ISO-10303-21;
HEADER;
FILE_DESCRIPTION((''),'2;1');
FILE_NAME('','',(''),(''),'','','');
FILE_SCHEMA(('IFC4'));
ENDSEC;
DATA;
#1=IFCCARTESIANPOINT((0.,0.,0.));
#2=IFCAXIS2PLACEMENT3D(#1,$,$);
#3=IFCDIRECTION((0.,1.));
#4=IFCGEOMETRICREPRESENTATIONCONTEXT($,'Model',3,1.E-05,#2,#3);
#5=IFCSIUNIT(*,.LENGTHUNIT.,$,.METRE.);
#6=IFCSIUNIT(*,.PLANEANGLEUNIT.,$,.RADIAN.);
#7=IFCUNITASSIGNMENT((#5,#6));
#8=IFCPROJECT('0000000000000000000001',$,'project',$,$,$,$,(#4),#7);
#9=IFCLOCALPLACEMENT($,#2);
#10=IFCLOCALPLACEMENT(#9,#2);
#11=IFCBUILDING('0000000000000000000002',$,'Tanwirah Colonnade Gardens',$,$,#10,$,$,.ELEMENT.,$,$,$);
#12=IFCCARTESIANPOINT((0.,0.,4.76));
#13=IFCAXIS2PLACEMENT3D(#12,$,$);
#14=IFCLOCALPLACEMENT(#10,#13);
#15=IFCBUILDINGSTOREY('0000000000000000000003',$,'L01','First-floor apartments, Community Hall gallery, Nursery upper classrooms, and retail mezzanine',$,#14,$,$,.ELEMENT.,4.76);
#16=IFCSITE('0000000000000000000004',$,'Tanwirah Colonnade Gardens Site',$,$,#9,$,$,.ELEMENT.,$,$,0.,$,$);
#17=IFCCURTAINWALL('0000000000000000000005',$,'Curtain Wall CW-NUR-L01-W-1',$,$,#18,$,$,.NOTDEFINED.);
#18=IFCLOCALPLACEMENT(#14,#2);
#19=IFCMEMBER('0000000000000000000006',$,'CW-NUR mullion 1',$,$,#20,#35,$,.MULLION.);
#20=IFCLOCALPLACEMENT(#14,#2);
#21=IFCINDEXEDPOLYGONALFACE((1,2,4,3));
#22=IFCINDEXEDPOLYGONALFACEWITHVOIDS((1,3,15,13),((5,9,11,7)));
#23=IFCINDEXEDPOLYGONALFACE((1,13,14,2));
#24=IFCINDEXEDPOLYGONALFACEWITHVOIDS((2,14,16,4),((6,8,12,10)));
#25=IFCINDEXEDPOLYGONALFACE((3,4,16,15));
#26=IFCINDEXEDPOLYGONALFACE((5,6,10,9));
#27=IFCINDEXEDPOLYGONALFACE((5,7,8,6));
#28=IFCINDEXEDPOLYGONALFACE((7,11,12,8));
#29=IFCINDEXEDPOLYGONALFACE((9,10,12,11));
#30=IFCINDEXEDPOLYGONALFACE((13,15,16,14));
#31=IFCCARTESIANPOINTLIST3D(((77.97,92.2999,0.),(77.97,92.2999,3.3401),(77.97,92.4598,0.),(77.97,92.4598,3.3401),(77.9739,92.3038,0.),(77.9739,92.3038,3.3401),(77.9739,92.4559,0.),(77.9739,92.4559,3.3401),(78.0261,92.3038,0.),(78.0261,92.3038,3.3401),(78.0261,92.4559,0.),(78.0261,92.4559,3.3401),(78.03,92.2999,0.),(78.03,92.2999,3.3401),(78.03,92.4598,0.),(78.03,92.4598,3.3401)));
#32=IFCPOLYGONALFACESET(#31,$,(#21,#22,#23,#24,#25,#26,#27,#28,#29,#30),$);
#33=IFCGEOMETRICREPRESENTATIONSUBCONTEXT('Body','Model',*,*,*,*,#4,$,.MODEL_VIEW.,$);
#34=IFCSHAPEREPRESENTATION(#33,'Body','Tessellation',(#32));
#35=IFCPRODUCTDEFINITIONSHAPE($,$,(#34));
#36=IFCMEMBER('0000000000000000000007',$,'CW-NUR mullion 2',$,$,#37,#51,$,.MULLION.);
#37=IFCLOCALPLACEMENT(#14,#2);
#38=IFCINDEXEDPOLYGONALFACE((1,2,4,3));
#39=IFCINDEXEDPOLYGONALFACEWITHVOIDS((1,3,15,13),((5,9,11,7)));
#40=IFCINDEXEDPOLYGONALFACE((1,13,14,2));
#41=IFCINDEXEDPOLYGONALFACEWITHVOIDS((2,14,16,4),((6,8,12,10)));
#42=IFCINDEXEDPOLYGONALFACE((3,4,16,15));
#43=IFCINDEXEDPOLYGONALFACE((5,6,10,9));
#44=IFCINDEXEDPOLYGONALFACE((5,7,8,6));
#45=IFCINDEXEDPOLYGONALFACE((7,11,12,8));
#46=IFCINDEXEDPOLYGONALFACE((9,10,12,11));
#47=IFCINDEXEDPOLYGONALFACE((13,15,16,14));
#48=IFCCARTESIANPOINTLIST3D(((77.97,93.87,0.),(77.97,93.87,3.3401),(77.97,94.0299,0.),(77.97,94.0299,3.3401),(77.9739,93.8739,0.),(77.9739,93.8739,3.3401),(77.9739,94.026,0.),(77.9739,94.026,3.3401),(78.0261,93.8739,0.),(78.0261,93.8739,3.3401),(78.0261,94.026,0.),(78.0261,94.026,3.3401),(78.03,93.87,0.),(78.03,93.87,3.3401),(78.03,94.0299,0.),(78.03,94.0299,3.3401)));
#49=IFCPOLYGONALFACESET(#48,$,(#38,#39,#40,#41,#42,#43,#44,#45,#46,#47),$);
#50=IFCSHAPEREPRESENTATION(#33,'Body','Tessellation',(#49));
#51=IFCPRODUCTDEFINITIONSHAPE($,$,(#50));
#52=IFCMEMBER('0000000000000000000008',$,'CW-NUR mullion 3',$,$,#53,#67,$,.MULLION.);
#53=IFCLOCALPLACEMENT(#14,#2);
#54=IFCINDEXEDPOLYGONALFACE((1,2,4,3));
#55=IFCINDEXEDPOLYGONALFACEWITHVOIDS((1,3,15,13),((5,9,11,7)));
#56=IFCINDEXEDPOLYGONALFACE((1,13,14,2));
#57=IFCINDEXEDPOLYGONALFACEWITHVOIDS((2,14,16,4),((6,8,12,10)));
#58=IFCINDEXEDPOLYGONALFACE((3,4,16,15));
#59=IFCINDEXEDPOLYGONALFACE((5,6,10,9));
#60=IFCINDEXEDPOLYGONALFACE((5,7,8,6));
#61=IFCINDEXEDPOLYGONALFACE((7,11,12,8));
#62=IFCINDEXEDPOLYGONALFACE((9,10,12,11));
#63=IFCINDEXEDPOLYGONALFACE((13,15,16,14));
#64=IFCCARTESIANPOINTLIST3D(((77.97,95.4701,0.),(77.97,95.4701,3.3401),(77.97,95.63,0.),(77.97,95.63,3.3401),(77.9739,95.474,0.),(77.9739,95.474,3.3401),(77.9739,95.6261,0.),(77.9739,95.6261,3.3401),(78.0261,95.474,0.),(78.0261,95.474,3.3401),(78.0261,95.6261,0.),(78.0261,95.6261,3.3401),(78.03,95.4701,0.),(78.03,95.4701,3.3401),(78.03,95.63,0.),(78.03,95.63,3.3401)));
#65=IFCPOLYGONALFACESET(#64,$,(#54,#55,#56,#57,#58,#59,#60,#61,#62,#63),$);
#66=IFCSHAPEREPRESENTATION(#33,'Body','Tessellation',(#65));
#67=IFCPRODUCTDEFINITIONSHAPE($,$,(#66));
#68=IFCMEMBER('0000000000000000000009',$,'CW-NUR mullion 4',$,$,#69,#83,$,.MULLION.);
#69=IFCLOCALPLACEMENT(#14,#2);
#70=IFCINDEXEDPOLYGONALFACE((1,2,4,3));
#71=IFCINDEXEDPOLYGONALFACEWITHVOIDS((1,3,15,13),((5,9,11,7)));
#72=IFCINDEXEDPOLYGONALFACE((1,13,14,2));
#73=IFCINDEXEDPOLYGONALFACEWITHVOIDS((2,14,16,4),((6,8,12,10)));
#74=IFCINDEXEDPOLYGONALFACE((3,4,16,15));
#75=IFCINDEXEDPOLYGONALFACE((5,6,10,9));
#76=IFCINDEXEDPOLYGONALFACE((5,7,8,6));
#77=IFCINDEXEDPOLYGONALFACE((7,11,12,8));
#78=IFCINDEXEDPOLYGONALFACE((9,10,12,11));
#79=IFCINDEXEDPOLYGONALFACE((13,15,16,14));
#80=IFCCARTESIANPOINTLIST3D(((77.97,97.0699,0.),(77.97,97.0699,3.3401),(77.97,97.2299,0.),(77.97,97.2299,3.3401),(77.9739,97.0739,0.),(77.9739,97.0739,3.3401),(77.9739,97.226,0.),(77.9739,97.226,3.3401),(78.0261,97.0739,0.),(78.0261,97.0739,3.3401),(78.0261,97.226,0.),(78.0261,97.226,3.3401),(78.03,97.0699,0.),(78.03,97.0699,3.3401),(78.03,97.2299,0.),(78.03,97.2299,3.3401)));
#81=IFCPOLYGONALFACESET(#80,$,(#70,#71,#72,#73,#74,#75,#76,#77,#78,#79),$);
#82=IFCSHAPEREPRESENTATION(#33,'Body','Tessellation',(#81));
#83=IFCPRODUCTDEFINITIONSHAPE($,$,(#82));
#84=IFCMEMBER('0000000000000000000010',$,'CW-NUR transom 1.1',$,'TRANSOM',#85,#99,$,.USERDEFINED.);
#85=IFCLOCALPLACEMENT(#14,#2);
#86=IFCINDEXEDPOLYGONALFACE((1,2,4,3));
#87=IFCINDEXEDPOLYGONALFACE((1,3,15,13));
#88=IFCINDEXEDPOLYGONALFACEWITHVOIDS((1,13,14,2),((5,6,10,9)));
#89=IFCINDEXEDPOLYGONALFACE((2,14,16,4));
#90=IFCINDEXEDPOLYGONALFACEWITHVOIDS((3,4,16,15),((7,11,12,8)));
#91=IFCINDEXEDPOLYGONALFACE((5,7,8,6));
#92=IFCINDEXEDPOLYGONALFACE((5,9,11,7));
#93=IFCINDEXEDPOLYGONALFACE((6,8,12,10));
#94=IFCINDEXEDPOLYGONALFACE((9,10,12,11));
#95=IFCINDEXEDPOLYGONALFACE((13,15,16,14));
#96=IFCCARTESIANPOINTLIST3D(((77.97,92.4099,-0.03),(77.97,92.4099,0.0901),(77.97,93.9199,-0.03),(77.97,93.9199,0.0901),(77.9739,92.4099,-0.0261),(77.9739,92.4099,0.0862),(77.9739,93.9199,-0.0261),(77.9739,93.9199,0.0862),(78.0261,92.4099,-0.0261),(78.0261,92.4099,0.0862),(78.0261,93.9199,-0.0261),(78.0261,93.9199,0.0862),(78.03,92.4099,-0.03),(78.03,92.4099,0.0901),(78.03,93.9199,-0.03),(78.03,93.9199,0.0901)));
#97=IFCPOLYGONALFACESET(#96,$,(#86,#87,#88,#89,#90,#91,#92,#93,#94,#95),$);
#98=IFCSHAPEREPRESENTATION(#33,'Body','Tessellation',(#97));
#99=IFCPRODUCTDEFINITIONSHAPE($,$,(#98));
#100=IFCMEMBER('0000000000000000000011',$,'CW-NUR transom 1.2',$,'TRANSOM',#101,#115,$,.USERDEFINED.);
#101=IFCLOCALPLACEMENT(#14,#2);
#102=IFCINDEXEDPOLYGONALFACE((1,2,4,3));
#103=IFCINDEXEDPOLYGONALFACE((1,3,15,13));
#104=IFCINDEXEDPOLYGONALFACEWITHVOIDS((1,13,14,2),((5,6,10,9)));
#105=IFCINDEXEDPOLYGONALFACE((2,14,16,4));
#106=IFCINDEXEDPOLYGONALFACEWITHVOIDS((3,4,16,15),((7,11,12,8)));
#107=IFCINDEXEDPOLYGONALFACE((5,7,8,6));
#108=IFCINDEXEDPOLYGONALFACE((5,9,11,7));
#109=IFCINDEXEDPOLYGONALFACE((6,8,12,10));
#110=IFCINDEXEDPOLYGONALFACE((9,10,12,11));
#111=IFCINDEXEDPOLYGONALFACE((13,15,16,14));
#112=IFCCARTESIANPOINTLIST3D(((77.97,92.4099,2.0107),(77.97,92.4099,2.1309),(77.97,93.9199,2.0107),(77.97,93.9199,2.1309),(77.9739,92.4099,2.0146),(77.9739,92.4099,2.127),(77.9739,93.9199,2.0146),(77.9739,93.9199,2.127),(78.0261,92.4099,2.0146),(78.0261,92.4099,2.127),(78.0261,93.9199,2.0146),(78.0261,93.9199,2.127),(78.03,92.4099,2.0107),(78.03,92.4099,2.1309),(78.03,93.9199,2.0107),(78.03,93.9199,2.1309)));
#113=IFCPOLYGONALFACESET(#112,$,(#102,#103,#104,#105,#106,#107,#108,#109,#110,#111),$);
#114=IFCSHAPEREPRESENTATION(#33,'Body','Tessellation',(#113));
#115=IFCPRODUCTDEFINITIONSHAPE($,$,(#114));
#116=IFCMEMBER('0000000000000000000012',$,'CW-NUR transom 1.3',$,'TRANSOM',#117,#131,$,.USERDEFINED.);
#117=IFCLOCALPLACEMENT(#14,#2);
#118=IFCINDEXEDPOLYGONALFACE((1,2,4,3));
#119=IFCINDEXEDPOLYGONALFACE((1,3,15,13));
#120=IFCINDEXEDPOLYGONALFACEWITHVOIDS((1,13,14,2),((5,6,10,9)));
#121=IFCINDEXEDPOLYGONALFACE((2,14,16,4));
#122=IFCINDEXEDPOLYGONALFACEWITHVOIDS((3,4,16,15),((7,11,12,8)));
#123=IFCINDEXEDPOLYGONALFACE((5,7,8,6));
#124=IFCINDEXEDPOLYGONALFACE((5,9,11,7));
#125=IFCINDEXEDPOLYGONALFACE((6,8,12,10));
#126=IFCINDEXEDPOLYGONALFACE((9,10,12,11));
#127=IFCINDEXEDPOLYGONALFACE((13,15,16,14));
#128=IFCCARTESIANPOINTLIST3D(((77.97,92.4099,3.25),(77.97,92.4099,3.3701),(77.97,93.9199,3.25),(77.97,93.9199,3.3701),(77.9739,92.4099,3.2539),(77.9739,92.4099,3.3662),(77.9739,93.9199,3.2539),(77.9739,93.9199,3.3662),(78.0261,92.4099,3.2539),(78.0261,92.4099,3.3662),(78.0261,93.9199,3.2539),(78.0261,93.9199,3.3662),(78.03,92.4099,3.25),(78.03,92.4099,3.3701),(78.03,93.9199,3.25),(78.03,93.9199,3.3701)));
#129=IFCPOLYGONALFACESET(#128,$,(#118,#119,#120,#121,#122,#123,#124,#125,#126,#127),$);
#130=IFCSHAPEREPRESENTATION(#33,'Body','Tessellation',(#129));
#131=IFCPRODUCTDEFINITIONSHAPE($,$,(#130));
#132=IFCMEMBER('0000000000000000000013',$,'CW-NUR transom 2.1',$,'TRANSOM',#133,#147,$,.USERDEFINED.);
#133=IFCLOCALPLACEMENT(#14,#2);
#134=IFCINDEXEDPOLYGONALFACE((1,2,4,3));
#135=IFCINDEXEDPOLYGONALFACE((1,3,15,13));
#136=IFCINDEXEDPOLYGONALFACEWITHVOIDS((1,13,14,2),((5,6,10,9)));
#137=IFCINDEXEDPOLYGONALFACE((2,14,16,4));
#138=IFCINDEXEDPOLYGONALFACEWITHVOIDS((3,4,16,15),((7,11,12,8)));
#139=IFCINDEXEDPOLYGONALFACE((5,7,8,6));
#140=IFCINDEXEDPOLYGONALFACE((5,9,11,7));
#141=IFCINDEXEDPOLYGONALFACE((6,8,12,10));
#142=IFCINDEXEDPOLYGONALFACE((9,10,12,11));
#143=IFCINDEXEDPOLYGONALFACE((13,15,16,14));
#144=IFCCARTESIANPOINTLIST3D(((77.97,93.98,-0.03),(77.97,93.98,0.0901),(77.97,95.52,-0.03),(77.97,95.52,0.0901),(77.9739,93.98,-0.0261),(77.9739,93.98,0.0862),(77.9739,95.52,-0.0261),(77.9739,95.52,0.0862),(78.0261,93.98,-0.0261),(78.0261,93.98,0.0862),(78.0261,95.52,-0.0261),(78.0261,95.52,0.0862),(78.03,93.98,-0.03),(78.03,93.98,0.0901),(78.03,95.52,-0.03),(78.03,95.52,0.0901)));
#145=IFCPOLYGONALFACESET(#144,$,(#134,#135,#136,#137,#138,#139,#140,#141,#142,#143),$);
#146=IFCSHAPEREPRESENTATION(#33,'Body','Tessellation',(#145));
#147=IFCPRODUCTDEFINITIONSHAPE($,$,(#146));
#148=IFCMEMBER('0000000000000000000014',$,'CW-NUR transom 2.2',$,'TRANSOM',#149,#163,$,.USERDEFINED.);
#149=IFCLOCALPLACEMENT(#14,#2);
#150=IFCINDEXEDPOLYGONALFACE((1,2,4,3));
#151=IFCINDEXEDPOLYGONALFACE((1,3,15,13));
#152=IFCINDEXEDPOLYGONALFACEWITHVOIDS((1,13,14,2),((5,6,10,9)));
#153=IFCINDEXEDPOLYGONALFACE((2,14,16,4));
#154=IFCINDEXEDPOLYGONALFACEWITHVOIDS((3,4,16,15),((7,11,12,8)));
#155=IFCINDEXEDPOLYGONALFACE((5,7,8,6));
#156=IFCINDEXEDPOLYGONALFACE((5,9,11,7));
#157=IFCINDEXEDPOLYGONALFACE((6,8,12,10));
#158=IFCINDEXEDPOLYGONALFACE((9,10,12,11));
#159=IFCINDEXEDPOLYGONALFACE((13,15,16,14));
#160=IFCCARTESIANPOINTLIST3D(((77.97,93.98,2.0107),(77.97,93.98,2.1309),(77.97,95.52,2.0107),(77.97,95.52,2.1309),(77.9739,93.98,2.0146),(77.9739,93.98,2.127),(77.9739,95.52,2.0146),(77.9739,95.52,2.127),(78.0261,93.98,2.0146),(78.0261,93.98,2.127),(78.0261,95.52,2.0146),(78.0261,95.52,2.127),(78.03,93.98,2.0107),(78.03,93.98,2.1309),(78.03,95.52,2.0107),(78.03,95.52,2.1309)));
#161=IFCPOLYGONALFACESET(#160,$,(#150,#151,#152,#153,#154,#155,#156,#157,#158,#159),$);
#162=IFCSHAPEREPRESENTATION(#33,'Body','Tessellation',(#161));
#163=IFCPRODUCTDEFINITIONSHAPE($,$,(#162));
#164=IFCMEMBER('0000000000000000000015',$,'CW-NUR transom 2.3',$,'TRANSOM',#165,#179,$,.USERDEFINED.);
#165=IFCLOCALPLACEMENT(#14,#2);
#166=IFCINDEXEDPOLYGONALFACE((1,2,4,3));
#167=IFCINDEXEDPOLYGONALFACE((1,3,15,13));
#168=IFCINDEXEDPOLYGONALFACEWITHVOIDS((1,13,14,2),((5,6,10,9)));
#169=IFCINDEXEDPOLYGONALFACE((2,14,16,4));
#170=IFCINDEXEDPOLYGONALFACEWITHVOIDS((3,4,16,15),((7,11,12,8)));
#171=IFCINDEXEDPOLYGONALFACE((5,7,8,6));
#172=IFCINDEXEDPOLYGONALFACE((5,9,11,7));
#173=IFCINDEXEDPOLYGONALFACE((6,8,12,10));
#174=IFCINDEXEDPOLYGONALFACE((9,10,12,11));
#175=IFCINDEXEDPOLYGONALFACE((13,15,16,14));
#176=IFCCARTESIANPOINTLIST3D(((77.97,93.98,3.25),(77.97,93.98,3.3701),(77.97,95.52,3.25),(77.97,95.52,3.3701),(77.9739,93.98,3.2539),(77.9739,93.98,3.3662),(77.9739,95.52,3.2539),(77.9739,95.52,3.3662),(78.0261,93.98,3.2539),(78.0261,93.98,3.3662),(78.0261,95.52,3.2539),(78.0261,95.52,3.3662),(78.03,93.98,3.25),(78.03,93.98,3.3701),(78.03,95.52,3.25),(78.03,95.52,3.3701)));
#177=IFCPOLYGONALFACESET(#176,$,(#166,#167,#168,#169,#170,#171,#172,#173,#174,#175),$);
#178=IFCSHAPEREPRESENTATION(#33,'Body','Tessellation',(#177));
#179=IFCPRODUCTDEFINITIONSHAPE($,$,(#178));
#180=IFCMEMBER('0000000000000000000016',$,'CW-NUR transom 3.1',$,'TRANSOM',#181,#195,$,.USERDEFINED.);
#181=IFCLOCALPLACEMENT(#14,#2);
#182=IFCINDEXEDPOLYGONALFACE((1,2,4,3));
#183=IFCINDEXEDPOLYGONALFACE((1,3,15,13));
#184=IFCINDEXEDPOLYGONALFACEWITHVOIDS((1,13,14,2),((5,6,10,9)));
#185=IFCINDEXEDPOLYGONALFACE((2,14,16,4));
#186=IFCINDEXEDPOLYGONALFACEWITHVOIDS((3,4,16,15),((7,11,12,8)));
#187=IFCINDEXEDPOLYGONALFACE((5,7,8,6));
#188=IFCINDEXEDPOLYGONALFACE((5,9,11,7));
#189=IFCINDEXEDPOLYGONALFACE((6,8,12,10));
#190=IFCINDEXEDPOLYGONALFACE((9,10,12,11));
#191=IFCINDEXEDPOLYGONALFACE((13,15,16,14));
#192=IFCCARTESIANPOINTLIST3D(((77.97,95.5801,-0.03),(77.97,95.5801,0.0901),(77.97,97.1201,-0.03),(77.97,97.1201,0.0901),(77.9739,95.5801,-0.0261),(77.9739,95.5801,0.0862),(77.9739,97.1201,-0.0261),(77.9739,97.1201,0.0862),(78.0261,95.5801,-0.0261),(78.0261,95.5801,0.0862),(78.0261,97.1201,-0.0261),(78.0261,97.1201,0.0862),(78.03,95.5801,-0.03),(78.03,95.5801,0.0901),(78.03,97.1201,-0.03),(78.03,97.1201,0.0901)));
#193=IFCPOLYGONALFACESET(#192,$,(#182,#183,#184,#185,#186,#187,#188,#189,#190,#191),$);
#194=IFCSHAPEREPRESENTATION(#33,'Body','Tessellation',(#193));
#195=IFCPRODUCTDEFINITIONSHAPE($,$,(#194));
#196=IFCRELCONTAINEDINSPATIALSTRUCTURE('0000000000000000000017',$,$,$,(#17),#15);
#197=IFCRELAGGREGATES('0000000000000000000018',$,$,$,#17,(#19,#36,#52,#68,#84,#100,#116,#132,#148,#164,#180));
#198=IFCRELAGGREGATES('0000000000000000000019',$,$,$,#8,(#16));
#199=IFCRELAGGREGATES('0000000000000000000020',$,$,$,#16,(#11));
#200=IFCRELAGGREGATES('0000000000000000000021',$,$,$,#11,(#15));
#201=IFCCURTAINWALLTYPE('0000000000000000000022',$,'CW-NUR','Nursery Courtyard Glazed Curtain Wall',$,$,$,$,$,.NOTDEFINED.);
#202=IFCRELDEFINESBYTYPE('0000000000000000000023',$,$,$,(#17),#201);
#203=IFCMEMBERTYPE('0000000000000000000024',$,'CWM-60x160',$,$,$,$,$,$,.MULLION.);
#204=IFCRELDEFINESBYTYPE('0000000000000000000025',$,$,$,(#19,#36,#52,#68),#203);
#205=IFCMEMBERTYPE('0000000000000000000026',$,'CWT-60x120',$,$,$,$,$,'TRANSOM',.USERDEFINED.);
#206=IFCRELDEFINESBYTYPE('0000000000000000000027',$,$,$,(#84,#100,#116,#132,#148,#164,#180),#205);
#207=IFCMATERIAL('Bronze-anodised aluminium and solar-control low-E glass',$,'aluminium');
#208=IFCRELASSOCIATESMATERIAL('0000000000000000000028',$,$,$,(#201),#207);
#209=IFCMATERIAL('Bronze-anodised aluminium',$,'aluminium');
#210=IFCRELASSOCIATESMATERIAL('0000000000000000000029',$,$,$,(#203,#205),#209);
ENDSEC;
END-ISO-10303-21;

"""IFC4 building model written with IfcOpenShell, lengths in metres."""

from ifc_helpers import new_model, si_unit, direction, frame, origin, origin_2d, place, context, subcontext, project, spatial, hollow_rectangle, extrude, material, material_profile, profile_set, type_object, element, aggregate, save


model = new_model("IFC4")

# Units and contexts
model_context = context("Model", 3, precision=1e-05, world=origin(), true_north=direction((0.0, 1.0)))
body_context = subcontext(model_context, "Body", "Model", "MODEL_VIEW")
ifc_project = project(units=[si_unit("LENGTHUNIT", "METRE"), si_unit("PLANEANGLEUNIT", "RADIAN")], contexts=[model_context])

# Site, building, storey
site_placement = place(None, origin())
site = spatial("IfcSite", under=ifc_project, at=site_placement, Name="Tanwirah Colonnade Gardens Site", CompositionType="ELEMENT", RefElevation=0.0)
building_placement = place(site_placement, origin())
building = spatial("IfcBuilding", under=site, at=building_placement, Name="Tanwirah Colonnade Gardens", CompositionType="ELEMENT")
storey_placement = place(building_placement, frame((0.0, 0.0, 4.76)))
storey = spatial("IfcBuildingStorey", under=building, at=storey_placement, Name="L01", Description="First-floor apartments, Community Hall gallery, Nursery upper classrooms, and retail mezzanine", CompositionType="ELEMENT", Elevation=4.76)

# Curtain wall, members
ifc_material_1 = material(Name="Bronze-anodised aluminium and solar-control low-E glass", Category="aluminium")
curtain_wall_type = type_object("IfcCurtainWallType", Name="CW-NUR", Description="Nursery Courtyard Glazed Curtain Wall", PredefinedType="NOTDEFINED", material=ifc_material_1)
curtain_wall_placement = place(storey_placement, origin())
curtain_wall = element("IfcCurtainWall", 1, at=curtain_wall_placement, inside=storey, type_object=curtain_wall_type, Name="Curtain Wall CW-NUR-L01-W-1", PredefinedType="NOTDEFINED")
ifc_material_2 = material(Name="Bronze-anodised aluminium", Category="aluminium")
ifc_material_profile_1 = material_profile(ifc_material_2, hollow_rectangle(XDim=0.0601, YDim=0.1599, WallThickness=0.0039, at=origin_2d()), Name="CW-MUL 60x160x4")
ifc_profile_set_1 = profile_set([ifc_material_profile_1], Name="Bronze-anodised aluminium")
member_type_1 = type_object("IfcMemberType", Name="CWM-60x160", PredefinedType="MULLION", material=ifc_profile_set_1)
member_1_placement = place(storey_placement, frame((78.0, 92.3799, 0.0), z_axis=(0.0, 0.0, 1.0), x_axis=(-1.0, 0.0, 0.0)))
member_1 = element("IfcMember", 2, at=member_1_placement, type_object=member_type_1, Name="CW-NUR mullion 1", PredefinedType="MULLION", context=body_context, shape_type="SweptSolid", body=[
    extrude(hollow_rectangle(XDim=0.0601, YDim=0.1599, WallThickness=0.0039, at=origin_2d()), origin(), (0.0, 0.0, 1.0), 3.3401),
])
member_2_placement = place(storey_placement, frame((78.0, 93.95, 0.0), z_axis=(0.0, 0.0, 1.0), x_axis=(-1.0, 0.0, 0.0)))
member_2 = element("IfcMember", 3, at=member_2_placement, type_object=member_type_1, Name="CW-NUR mullion 2", PredefinedType="MULLION", context=body_context, shape_type="SweptSolid", body=[
    extrude(hollow_rectangle(XDim=0.0601, YDim=0.1599, WallThickness=0.0039, at=origin_2d()), origin(), (0.0, 0.0, 1.0), 3.3401),
])
member_3_placement = place(storey_placement, frame((78.0, 95.55, 0.0), z_axis=(0.0, 0.0, 1.0), x_axis=(-1.0, 0.0, 0.0)))
member_3 = element("IfcMember", 4, at=member_3_placement, type_object=member_type_1, Name="CW-NUR mullion 3", PredefinedType="MULLION", context=body_context, shape_type="SweptSolid", body=[
    extrude(hollow_rectangle(XDim=0.0601, YDim=0.1599, WallThickness=0.0039, at=origin_2d()), origin(), (0.0, 0.0, 1.0), 3.3401),
])
member_4_placement = place(storey_placement, frame((78.0, 97.1499, 0.0), z_axis=(0.0, 0.0, 1.0), x_axis=(-1.0, 0.0, 0.0)))
member_4 = element("IfcMember", 5, at=member_4_placement, type_object=member_type_1, Name="CW-NUR mullion 4", PredefinedType="MULLION", context=body_context, shape_type="SweptSolid", body=[
    extrude(hollow_rectangle(XDim=0.0601, YDim=0.1599, WallThickness=0.0039, at=origin_2d()), origin(), (0.0, 0.0, 1.0), 3.3401),
])
ifc_material_profile_2 = material_profile(ifc_material_2, hollow_rectangle(XDim=0.0601, YDim=0.1201, WallThickness=0.0039, at=origin_2d()), Name="CW-TRN 60x120x4")
ifc_profile_set_2 = profile_set([ifc_material_profile_2], Name="Bronze-anodised aluminium")
member_type_2 = type_object("IfcMemberType", Name="CWT-60x120", ElementType="TRANSOM", PredefinedType="USERDEFINED", material=ifc_profile_set_2)
member_5_placement = place(storey_placement, frame((78.0, 92.4099, 0.03), z_axis=(0.0, 1.0, 0.0), x_axis=(-1.0, 0.0, 0.0)))
member_5 = element("IfcMember", 6, at=member_5_placement, type_object=member_type_2, Name="CW-NUR transom 1.1", ObjectType="TRANSOM", PredefinedType="USERDEFINED", context=body_context, shape_type="SweptSolid", body=[
    extrude(hollow_rectangle(XDim=0.0601, YDim=0.1201, WallThickness=0.0039, at=origin_2d()), origin(), (0.0, 0.0, 1.0), 1.51),
])
member_6_placement = place(storey_placement, frame((78.0, 92.4099, 2.0708), z_axis=(0.0, 1.0, 0.0), x_axis=(-1.0, 0.0, 0.0)))
member_6 = element("IfcMember", 7, at=member_6_placement, type_object=member_type_2, Name="CW-NUR transom 1.2", ObjectType="TRANSOM", PredefinedType="USERDEFINED", context=body_context, shape_type="SweptSolid", body=[
    extrude(hollow_rectangle(XDim=0.0601, YDim=0.1201, WallThickness=0.0039, at=origin_2d()), origin(), (0.0, 0.0, 1.0), 1.51),
])
member_7_placement = place(storey_placement, frame((78.0, 92.4099, 3.3101), z_axis=(0.0, 1.0, 0.0), x_axis=(-1.0, 0.0, 0.0)))
member_7 = element("IfcMember", 8, at=member_7_placement, type_object=member_type_2, Name="CW-NUR transom 1.3", ObjectType="TRANSOM", PredefinedType="USERDEFINED", context=body_context, shape_type="SweptSolid", body=[
    extrude(hollow_rectangle(XDim=0.0601, YDim=0.1201, WallThickness=0.0039, at=origin_2d()), origin(), (0.0, 0.0, 1.0), 1.51),
])
member_8_placement = place(storey_placement, frame((78.0, 93.98, 0.03), z_axis=(0.0, 1.0, 0.0), x_axis=(-1.0, 0.0, 0.0)))
member_8 = element("IfcMember", 9, at=member_8_placement, type_object=member_type_2, Name="CW-NUR transom 2.1", ObjectType="TRANSOM", PredefinedType="USERDEFINED", context=body_context, shape_type="SweptSolid", body=[
    extrude(hollow_rectangle(XDim=0.0601, YDim=0.1201, WallThickness=0.0039, at=origin_2d()), origin(), (0.0, 0.0, 1.0), 1.54),
])
member_9_placement = place(storey_placement, frame((78.0, 93.98, 2.0708), z_axis=(0.0, 1.0, 0.0), x_axis=(-1.0, 0.0, 0.0)))
member_9 = element("IfcMember", 10, at=member_9_placement, type_object=member_type_2, Name="CW-NUR transom 2.2", ObjectType="TRANSOM", PredefinedType="USERDEFINED", context=body_context, shape_type="SweptSolid", body=[
    extrude(hollow_rectangle(XDim=0.0601, YDim=0.1201, WallThickness=0.0039, at=origin_2d()), origin(), (0.0, 0.0, 1.0), 1.54),
])
member_10_placement = place(storey_placement, frame((78.0, 93.98, 3.3101), z_axis=(0.0, 1.0, 0.0), x_axis=(-1.0, 0.0, 0.0)))
member_10 = element("IfcMember", 11, at=member_10_placement, type_object=member_type_2, Name="CW-NUR transom 2.3", ObjectType="TRANSOM", PredefinedType="USERDEFINED", context=body_context, shape_type="SweptSolid", body=[
    extrude(hollow_rectangle(XDim=0.0601, YDim=0.1201, WallThickness=0.0039, at=origin_2d()), origin(), (0.0, 0.0, 1.0), 1.54),
])
member_11_placement = place(storey_placement, frame((78.0, 95.5801, 0.03), z_axis=(0.0, 1.0, 0.0), x_axis=(-1.0, 0.0, 0.0)))
member_11 = element("IfcMember", 12, at=member_11_placement, type_object=member_type_2, Name="CW-NUR transom 3.1", ObjectType="TRANSOM", PredefinedType="USERDEFINED", context=body_context, shape_type="SweptSolid", body=[
    extrude(hollow_rectangle(XDim=0.0601, YDim=0.1201, WallThickness=0.0039, at=origin_2d()), origin(), (0.0, 0.0, 1.0), 1.54),
])
aggregate(curtain_wall, [member_1, member_2, member_3, member_4, member_5, member_6, member_7, member_8, member_9, member_10, member_11])

save(model, "model.ifc")
